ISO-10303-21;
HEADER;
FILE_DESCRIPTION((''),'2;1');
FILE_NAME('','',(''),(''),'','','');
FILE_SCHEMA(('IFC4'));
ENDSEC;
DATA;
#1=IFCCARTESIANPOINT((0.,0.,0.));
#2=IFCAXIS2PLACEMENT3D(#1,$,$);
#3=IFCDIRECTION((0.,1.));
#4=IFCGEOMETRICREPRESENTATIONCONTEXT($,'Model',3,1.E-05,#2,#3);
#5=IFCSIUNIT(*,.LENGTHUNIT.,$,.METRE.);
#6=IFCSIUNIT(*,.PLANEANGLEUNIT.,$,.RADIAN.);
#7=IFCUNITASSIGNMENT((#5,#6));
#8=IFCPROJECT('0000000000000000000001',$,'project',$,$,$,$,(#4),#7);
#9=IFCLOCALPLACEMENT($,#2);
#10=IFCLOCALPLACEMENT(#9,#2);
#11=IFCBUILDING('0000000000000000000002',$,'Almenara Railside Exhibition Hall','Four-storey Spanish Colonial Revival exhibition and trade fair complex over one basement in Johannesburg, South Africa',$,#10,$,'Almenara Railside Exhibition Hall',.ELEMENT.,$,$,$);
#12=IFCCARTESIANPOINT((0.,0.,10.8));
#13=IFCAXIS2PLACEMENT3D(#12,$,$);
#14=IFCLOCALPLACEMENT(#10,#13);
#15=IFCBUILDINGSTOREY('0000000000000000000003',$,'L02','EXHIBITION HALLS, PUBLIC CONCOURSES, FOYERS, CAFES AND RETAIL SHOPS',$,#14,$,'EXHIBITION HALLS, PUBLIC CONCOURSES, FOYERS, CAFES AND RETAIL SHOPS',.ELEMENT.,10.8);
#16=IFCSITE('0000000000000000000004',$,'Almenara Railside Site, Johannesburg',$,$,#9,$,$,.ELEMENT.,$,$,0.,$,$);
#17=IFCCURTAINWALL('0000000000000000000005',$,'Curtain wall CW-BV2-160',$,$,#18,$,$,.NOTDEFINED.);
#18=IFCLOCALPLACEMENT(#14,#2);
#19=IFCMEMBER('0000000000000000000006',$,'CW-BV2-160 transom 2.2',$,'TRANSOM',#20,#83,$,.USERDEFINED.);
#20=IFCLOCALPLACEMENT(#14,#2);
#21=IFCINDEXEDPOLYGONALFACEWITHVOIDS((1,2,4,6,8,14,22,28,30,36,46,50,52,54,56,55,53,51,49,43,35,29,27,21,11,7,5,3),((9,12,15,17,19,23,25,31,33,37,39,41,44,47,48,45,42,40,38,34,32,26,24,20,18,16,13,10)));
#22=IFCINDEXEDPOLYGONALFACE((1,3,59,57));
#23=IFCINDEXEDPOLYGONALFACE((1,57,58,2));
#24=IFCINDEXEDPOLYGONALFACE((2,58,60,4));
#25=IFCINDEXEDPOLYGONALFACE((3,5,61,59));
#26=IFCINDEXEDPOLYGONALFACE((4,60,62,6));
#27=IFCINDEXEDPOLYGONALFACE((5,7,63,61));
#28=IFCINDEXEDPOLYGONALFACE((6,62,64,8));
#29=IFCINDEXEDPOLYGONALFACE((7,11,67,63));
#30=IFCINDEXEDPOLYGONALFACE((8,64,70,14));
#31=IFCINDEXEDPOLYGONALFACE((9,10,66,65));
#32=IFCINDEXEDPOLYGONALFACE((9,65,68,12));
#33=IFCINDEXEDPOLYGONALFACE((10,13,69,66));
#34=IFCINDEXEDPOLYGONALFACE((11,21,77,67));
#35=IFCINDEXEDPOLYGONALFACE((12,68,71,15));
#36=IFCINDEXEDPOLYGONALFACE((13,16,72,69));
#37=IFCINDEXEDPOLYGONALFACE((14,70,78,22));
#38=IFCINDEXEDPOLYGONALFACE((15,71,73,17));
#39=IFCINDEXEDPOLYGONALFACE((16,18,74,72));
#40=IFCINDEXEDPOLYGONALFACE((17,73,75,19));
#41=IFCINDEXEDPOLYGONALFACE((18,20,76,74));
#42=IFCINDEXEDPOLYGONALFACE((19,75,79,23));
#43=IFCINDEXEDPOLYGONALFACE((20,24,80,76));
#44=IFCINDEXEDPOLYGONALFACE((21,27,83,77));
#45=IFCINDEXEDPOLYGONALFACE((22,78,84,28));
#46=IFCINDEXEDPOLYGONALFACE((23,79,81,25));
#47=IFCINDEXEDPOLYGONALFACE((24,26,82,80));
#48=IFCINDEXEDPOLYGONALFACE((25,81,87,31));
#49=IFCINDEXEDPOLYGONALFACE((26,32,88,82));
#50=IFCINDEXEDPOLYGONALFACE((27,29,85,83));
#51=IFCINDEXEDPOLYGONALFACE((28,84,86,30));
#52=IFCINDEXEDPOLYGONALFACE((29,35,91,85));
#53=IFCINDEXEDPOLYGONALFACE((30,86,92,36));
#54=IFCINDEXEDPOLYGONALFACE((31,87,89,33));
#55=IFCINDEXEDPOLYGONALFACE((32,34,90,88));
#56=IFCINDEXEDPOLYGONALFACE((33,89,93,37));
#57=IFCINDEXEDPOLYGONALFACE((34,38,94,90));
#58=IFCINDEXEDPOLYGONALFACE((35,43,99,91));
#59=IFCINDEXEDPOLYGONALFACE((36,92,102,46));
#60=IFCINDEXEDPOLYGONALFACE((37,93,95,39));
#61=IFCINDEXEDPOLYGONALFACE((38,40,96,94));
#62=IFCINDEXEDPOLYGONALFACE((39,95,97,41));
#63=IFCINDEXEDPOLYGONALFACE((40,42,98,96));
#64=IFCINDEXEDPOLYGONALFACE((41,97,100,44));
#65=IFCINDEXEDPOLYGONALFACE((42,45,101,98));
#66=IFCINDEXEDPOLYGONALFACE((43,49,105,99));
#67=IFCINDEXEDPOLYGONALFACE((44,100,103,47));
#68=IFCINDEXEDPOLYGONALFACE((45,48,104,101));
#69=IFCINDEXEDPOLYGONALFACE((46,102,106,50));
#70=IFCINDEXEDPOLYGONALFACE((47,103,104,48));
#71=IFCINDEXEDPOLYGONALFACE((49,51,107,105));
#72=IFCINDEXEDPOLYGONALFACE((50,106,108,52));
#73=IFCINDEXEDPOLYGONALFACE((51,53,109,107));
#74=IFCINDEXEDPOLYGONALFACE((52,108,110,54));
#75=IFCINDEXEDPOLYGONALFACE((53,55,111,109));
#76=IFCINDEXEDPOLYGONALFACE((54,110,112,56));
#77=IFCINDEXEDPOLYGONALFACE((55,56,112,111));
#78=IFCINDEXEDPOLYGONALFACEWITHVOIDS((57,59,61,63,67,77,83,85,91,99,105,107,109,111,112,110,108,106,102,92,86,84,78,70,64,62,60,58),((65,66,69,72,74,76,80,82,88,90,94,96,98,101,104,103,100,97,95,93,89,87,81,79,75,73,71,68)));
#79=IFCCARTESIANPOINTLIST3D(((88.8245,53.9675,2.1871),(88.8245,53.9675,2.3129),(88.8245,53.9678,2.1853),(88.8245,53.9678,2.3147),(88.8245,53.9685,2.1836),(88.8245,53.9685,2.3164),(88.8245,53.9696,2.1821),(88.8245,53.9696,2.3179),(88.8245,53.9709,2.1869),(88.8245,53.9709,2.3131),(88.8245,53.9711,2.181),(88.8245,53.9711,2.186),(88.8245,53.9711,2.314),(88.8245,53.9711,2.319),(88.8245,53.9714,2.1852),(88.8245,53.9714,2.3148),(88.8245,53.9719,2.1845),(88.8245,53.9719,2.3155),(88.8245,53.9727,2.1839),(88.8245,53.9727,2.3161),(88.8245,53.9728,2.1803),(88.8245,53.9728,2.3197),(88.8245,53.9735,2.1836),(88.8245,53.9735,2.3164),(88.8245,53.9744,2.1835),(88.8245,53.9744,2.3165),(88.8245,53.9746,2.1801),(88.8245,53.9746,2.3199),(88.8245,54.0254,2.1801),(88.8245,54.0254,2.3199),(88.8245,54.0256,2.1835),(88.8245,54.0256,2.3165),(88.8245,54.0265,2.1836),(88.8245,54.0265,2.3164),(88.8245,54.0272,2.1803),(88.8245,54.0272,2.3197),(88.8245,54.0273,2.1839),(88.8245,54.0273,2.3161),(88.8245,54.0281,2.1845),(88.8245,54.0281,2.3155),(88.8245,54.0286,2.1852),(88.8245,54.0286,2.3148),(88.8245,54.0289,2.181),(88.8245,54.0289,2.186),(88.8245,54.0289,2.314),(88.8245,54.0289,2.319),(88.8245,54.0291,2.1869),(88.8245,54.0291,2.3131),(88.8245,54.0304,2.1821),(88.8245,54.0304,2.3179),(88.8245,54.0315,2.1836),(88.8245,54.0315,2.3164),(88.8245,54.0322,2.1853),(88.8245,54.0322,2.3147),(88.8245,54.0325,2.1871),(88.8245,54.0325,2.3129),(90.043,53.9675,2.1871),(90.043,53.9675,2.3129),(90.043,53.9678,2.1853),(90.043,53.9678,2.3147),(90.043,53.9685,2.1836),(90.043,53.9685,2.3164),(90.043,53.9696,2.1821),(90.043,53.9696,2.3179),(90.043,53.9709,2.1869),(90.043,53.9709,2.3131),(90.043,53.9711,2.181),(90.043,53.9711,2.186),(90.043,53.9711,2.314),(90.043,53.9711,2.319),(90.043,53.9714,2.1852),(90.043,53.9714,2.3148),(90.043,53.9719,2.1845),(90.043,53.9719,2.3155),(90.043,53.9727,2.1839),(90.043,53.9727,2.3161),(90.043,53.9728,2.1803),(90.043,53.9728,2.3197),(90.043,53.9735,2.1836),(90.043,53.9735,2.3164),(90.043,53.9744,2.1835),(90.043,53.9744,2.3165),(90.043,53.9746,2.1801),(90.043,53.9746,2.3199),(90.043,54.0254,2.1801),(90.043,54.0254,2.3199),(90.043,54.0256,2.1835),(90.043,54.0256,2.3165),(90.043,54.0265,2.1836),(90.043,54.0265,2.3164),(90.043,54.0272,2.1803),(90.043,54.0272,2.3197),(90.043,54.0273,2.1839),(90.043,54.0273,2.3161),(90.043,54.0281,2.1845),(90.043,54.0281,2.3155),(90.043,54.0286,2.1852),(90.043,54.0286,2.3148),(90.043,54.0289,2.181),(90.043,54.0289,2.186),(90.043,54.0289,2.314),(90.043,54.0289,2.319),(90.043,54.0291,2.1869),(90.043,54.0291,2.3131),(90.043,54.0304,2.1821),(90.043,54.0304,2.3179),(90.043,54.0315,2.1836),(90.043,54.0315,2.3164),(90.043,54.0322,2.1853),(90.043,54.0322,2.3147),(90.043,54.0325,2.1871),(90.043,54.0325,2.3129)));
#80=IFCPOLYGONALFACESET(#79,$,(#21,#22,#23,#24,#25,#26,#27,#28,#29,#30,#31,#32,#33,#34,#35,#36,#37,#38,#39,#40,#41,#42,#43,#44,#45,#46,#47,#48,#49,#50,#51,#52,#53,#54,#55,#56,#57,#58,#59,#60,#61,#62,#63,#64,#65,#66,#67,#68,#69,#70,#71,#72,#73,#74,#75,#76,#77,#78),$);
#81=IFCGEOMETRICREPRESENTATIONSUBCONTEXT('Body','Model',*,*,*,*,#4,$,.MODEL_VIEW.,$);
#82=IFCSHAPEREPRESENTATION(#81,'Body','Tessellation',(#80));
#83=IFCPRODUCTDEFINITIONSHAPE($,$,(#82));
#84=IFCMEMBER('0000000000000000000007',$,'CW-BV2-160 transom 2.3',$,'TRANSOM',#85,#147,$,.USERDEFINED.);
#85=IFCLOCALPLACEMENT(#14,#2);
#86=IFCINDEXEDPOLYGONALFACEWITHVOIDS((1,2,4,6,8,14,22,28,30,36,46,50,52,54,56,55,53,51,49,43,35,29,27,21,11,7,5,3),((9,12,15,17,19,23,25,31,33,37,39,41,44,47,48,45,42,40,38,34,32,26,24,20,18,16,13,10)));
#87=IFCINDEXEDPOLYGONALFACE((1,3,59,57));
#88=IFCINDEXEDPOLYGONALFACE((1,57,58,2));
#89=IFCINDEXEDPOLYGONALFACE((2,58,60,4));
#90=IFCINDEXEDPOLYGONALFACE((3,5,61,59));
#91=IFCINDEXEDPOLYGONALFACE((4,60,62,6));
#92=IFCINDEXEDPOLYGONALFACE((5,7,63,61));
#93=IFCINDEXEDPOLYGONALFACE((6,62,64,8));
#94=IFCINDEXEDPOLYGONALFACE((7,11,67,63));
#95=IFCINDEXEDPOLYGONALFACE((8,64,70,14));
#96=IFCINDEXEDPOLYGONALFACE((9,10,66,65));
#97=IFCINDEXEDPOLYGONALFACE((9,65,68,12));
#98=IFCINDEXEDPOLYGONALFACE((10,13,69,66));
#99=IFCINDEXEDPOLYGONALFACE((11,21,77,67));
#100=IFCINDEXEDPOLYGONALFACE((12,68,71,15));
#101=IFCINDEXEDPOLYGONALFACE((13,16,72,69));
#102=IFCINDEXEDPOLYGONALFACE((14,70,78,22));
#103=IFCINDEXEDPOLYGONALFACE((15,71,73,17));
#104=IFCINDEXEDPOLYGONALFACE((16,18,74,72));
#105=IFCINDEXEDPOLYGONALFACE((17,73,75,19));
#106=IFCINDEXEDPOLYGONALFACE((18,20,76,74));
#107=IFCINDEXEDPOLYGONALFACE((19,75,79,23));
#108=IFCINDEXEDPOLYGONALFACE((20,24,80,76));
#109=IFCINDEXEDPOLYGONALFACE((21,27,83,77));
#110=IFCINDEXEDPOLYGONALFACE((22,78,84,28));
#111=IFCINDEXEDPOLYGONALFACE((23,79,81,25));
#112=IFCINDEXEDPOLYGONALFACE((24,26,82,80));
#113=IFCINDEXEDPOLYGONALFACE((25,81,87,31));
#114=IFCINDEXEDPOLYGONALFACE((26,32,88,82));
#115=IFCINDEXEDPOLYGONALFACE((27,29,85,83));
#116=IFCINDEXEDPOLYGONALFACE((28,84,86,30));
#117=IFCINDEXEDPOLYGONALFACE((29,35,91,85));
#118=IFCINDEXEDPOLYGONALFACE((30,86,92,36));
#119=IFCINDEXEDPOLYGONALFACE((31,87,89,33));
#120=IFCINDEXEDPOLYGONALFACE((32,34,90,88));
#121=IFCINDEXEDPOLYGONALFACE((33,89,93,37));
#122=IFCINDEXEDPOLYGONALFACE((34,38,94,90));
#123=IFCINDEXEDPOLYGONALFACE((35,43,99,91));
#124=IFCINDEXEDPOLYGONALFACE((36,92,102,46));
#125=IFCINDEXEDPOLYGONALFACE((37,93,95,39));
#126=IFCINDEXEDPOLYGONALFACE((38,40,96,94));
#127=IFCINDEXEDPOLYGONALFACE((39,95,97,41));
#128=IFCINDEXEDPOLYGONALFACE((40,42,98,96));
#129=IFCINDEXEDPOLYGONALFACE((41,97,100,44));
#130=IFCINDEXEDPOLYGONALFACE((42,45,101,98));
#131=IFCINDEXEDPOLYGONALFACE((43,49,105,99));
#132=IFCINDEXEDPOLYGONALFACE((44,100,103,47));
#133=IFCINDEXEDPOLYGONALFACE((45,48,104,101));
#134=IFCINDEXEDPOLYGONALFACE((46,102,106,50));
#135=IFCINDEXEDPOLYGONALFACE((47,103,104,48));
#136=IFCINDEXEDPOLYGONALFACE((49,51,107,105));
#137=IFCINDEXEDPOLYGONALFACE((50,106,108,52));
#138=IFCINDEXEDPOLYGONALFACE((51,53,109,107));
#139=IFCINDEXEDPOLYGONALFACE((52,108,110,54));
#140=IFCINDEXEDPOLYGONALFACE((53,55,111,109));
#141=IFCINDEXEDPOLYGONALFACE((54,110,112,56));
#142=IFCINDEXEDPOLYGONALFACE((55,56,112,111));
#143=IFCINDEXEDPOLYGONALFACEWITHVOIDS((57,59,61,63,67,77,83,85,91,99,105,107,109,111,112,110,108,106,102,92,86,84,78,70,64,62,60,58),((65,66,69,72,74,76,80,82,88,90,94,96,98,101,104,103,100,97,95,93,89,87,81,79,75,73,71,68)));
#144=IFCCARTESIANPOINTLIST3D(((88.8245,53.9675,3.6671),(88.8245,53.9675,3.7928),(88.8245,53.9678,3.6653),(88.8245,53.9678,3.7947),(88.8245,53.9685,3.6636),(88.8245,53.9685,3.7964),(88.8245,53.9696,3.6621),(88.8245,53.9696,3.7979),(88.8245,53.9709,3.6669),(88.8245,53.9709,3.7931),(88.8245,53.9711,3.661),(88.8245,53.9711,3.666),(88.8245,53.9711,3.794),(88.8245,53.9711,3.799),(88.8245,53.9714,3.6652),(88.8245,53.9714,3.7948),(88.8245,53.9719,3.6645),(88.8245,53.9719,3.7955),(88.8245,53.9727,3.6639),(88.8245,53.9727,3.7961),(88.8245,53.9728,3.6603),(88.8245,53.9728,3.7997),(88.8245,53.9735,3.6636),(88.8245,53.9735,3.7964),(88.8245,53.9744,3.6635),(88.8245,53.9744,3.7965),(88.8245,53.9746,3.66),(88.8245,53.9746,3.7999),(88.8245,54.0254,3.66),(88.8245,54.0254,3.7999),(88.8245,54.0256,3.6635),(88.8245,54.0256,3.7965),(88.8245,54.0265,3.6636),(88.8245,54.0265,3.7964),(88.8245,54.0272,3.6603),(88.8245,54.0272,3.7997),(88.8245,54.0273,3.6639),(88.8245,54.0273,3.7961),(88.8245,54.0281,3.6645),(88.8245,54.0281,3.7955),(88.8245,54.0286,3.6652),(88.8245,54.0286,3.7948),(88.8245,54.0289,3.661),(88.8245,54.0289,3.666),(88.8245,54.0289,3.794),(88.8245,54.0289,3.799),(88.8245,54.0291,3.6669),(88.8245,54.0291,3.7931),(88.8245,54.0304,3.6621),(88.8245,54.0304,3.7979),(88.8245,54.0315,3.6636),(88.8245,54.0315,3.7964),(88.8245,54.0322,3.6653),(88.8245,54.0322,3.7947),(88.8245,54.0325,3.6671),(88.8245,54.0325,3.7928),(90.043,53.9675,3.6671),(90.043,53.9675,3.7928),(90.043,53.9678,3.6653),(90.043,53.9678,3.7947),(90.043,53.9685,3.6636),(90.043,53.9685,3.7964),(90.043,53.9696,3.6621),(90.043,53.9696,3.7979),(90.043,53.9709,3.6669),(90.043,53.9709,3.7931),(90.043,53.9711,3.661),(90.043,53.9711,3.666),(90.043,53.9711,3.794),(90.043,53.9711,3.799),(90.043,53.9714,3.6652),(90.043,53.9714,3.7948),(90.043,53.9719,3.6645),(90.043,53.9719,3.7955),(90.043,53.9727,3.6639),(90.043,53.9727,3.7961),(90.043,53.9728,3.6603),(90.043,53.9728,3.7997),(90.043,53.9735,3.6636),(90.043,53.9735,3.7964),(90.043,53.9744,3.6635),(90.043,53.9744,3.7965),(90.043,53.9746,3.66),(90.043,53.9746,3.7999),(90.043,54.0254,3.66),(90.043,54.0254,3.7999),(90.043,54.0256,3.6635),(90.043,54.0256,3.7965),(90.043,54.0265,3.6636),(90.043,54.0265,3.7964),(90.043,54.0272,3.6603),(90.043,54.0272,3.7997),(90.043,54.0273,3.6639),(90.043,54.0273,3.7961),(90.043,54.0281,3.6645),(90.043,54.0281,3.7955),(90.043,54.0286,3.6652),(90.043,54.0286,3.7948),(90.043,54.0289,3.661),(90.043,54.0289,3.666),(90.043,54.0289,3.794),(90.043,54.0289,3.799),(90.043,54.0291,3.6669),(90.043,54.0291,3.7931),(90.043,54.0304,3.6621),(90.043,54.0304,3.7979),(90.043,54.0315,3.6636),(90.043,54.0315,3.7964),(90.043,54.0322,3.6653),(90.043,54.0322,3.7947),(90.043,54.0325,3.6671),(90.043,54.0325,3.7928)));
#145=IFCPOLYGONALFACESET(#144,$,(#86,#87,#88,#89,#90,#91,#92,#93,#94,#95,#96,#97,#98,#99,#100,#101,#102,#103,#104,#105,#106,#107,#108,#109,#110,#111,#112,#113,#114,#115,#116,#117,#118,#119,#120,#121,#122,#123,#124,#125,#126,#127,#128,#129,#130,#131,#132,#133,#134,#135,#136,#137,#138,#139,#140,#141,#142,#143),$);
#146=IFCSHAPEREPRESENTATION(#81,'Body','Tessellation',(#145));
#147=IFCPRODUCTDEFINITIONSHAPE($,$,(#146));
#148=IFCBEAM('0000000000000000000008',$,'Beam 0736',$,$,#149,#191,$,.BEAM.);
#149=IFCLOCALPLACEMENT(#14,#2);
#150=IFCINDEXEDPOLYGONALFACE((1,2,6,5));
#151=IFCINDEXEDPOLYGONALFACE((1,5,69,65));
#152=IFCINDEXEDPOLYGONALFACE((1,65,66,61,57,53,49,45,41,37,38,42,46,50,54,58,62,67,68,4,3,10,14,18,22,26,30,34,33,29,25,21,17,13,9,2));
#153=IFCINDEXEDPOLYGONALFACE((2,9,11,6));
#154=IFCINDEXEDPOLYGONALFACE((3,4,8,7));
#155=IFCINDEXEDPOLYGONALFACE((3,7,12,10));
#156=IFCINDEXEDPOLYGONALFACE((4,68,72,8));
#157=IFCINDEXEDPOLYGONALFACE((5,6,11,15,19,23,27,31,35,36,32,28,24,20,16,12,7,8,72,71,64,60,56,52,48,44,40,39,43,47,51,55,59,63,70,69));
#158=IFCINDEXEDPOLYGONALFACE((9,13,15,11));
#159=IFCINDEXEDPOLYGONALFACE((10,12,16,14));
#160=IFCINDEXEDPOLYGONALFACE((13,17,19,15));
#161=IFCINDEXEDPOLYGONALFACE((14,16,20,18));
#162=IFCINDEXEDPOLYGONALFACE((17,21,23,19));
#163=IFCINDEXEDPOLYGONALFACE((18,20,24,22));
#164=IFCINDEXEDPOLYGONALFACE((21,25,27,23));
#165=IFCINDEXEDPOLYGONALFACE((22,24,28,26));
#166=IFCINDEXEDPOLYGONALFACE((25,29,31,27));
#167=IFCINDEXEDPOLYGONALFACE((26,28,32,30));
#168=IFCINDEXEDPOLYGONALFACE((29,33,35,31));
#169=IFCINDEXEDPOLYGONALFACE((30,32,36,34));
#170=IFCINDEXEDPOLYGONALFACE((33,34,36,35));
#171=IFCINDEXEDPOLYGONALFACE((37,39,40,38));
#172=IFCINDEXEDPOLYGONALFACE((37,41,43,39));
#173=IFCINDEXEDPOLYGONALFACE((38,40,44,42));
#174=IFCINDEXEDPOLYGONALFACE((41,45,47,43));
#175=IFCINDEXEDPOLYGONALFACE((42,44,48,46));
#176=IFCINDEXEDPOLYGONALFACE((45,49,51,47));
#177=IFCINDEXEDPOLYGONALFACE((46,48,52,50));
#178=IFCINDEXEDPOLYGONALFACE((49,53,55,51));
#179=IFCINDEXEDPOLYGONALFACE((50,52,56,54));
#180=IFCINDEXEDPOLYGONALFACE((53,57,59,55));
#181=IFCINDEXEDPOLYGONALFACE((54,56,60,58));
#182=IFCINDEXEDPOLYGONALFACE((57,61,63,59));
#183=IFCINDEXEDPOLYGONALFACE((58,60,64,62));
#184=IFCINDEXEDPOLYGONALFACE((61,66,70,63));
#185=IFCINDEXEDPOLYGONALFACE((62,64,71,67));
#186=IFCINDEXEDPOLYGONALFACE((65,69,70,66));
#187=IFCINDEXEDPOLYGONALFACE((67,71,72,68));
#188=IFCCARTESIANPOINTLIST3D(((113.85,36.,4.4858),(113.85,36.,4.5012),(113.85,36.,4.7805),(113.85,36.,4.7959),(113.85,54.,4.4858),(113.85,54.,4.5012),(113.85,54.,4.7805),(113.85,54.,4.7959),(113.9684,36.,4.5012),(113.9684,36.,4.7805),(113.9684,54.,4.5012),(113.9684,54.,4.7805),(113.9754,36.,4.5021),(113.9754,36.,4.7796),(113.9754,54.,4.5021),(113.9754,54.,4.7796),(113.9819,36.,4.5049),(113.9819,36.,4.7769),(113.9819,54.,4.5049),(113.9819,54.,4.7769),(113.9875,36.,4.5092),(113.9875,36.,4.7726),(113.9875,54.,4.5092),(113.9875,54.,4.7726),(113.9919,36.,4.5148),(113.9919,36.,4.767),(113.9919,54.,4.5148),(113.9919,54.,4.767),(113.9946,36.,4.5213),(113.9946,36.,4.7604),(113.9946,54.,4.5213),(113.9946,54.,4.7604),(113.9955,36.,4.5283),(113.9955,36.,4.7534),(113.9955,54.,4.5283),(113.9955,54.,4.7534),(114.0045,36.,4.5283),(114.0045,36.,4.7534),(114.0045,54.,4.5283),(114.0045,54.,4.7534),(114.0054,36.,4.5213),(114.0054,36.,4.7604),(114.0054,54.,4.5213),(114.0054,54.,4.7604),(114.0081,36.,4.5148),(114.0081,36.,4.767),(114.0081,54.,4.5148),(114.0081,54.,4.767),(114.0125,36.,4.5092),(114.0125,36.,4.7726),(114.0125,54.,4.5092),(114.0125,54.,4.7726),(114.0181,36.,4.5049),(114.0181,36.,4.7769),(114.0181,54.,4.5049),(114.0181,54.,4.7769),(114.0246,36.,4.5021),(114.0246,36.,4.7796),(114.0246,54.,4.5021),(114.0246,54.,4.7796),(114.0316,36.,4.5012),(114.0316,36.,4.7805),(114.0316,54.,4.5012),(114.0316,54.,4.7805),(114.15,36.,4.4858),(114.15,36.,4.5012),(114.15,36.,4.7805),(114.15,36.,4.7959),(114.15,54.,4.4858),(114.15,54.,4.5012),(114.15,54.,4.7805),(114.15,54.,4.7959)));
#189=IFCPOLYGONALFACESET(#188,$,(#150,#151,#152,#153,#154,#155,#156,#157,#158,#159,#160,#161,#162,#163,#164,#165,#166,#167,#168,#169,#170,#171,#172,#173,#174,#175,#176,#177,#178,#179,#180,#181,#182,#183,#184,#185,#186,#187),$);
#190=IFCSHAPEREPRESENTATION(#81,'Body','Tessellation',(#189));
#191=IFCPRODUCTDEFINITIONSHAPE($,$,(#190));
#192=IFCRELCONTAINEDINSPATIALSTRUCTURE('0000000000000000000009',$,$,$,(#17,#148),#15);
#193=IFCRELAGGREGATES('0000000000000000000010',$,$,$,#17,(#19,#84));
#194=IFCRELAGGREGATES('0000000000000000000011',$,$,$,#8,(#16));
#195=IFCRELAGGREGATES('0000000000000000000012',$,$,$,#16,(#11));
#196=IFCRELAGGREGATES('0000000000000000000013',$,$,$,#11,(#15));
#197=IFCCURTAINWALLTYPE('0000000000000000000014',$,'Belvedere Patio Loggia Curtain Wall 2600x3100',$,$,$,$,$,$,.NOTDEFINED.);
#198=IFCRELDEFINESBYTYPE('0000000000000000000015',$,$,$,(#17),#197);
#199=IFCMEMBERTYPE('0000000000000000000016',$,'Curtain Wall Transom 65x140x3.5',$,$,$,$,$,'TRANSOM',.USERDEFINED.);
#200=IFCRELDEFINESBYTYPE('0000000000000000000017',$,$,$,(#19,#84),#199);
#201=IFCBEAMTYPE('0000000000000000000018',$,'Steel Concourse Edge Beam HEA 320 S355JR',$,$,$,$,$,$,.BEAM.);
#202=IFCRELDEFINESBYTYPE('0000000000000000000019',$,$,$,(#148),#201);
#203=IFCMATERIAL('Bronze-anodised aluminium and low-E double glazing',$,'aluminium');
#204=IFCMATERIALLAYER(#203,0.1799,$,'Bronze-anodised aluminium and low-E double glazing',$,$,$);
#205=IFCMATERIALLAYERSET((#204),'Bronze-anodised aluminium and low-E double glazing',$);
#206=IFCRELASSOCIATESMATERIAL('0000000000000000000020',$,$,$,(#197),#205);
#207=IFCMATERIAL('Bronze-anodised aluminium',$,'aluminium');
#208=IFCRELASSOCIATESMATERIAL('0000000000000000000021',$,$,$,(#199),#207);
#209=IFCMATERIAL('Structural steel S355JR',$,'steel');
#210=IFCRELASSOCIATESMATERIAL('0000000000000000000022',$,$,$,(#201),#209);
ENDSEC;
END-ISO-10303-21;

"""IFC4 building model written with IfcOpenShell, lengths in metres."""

from ifc_helpers import new_model, si_unit, direction, frame, origin, origin_2d, place, context, subcontext, project, spatial, hollow_rectangle, i_section, extrude, material, layer, layer_set, material_profile, profile_set, type_object, element, aggregate, save


model = new_model("IFC4")

# Units and contexts
model_context = context("Model", 3, precision=1e-05, world=origin(), true_north=direction((0.0, 1.0)))
body_context = subcontext(model_context, "Body", "Model", "MODEL_VIEW")
ifc_project = project(units=[si_unit("LENGTHUNIT", "METRE"), si_unit("PLANEANGLEUNIT", "RADIAN")], contexts=[model_context])

# Site, building, storey
site_placement = place(None, origin())
site = spatial("IfcSite", under=ifc_project, at=site_placement, Name="Almenara Railside Site, Johannesburg", CompositionType="ELEMENT", RefElevation=0.0)
building_placement = place(site_placement, origin())
building = spatial("IfcBuilding", under=site, at=building_placement, Name="Almenara Railside Exhibition Hall", Description="Four-storey Spanish Colonial Revival exhibition and trade fair complex over one basement in Johannesburg, South Africa", LongName="Almenara Railside Exhibition Hall", CompositionType="ELEMENT")
storey_placement = place(building_placement, frame((0.0, 0.0, 10.8)))
storey = spatial("IfcBuildingStorey", under=building, at=storey_placement, Name="L02", Description="EXHIBITION HALLS, PUBLIC CONCOURSES, FOYERS, CAFES AND RETAIL SHOPS", LongName="EXHIBITION HALLS, PUBLIC CONCOURSES, FOYERS, CAFES AND RETAIL SHOPS", CompositionType="ELEMENT", Elevation=10.8)

# Shared definitions
ifc_material_1 = material(Name="Structural steel S355JR", Category="steel")

# Curtain wall, members
ifc_material_2 = material(Name="Bronze-anodised aluminium and low-E double glazing", Category="aluminium")
ifc_layer_1 = layer(ifc_material_2, 0.1799, Name="Bronze-anodised aluminium and low-E double glazing")
ifc_layer_set_1 = layer_set([ifc_layer_1], Name="Bronze-anodised aluminium and low-E double glazing")
curtain_wall_type = type_object("IfcCurtainWallType", Name="Belvedere Patio Loggia Curtain Wall 2600x3100", PredefinedType="NOTDEFINED", material=ifc_layer_set_1)
curtain_wall_placement = place(storey_placement, origin())
curtain_wall = element("IfcCurtainWall", 1, at=curtain_wall_placement, inside=storey, type_object=curtain_wall_type, Name="Curtain wall CW-BV2-160", PredefinedType="NOTDEFINED")
ifc_material_3 = material(Name="Bronze-anodised aluminium", Category="aluminium")
ifc_material_profile_1 = material_profile(ifc_material_3, hollow_rectangle(XDim=0.0649, YDim=0.1399, WallThickness=0.0034, InnerFilletRadius=0.0034, OuterFilletRadius=0.0071, at=origin_2d()), Name="ALU-TRN 65x140x3.5")
ifc_profile_set_1 = profile_set([ifc_material_profile_1], Name="Bronze-anodised aluminium")
member_type_1 = type_object("IfcMemberType", Name="Curtain Wall Transom 65x140x3.5", ElementType="TRANSOM", PredefinedType="USERDEFINED", material=ifc_profile_set_1)
member_1_placement = place(storey_placement, frame((88.8245, 54.0, 2.25), z_axis=(1.0, 0.0, 0.0), x_axis=(0.0, 1.0, 0.0)))
member_1 = element("IfcMember", 2, at=member_1_placement, type_object=member_type_1, Name="CW-BV2-160 transom 2.2", ObjectType="TRANSOM", PredefinedType="USERDEFINED", context=body_context, shape_type="SweptSolid", body=[
    extrude(hollow_rectangle(XDim=0.0649, YDim=0.1399, WallThickness=0.0034, InnerFilletRadius=0.0034, OuterFilletRadius=0.0071, at=origin_2d()), origin(), (0.0, 0.0, 1.0), 1.2185),
])
member_2_placement = place(storey_placement, frame((88.8245, 54.0, 3.73), z_axis=(1.0, 0.0, 0.0), x_axis=(0.0, 1.0, 0.0)))
member_2 = element("IfcMember", 3, at=member_2_placement, type_object=member_type_1, Name="CW-BV2-160 transom 2.3", ObjectType="TRANSOM", PredefinedType="USERDEFINED", context=body_context, shape_type="SweptSolid", body=[
    extrude(hollow_rectangle(XDim=0.0649, YDim=0.1399, WallThickness=0.0034, InnerFilletRadius=0.0034, OuterFilletRadius=0.0071, at=origin_2d()), origin(), (0.0, 0.0, 1.0), 1.2185),
])

# Beam
ifc_material_profile_2 = material_profile(ifc_material_1, i_section(OverallWidth=0.3, OverallDepth=0.3101, WebThickness=0.009, FlangeThickness=0.0154, FilletRadius=0.0271, at=origin_2d()), Name="HEA 320")
ifc_profile_set_2 = profile_set([ifc_material_profile_2], Name="Structural steel S355JR")
beam_type_1 = type_object("IfcBeamType", Name="Steel Concourse Edge Beam HEA 320 S355JR", PredefinedType="BEAM", material=ifc_profile_set_2)
beam_1_placement = place(storey_placement, frame((114.0, 36.0, 4.6409), z_axis=(0.0, 1.0, 0.0), x_axis=(-1.0, 0.0, 0.0)))
element("IfcBeam", 4, at=beam_1_placement, inside=storey, type_object=beam_type_1, Name="Beam 0736", PredefinedType="BEAM", context=body_context, shape_type="SweptSolid", body=[
    extrude(i_section(OverallWidth=0.3, OverallDepth=0.3101, WebThickness=0.009, FlangeThickness=0.0154, FilletRadius=0.0271, at=origin_2d()), origin(), (0.0, 0.0, 1.0), 18.0),
])

aggregate(curtain_wall, [member_1, member_2])

save(model, "model.ifc")
